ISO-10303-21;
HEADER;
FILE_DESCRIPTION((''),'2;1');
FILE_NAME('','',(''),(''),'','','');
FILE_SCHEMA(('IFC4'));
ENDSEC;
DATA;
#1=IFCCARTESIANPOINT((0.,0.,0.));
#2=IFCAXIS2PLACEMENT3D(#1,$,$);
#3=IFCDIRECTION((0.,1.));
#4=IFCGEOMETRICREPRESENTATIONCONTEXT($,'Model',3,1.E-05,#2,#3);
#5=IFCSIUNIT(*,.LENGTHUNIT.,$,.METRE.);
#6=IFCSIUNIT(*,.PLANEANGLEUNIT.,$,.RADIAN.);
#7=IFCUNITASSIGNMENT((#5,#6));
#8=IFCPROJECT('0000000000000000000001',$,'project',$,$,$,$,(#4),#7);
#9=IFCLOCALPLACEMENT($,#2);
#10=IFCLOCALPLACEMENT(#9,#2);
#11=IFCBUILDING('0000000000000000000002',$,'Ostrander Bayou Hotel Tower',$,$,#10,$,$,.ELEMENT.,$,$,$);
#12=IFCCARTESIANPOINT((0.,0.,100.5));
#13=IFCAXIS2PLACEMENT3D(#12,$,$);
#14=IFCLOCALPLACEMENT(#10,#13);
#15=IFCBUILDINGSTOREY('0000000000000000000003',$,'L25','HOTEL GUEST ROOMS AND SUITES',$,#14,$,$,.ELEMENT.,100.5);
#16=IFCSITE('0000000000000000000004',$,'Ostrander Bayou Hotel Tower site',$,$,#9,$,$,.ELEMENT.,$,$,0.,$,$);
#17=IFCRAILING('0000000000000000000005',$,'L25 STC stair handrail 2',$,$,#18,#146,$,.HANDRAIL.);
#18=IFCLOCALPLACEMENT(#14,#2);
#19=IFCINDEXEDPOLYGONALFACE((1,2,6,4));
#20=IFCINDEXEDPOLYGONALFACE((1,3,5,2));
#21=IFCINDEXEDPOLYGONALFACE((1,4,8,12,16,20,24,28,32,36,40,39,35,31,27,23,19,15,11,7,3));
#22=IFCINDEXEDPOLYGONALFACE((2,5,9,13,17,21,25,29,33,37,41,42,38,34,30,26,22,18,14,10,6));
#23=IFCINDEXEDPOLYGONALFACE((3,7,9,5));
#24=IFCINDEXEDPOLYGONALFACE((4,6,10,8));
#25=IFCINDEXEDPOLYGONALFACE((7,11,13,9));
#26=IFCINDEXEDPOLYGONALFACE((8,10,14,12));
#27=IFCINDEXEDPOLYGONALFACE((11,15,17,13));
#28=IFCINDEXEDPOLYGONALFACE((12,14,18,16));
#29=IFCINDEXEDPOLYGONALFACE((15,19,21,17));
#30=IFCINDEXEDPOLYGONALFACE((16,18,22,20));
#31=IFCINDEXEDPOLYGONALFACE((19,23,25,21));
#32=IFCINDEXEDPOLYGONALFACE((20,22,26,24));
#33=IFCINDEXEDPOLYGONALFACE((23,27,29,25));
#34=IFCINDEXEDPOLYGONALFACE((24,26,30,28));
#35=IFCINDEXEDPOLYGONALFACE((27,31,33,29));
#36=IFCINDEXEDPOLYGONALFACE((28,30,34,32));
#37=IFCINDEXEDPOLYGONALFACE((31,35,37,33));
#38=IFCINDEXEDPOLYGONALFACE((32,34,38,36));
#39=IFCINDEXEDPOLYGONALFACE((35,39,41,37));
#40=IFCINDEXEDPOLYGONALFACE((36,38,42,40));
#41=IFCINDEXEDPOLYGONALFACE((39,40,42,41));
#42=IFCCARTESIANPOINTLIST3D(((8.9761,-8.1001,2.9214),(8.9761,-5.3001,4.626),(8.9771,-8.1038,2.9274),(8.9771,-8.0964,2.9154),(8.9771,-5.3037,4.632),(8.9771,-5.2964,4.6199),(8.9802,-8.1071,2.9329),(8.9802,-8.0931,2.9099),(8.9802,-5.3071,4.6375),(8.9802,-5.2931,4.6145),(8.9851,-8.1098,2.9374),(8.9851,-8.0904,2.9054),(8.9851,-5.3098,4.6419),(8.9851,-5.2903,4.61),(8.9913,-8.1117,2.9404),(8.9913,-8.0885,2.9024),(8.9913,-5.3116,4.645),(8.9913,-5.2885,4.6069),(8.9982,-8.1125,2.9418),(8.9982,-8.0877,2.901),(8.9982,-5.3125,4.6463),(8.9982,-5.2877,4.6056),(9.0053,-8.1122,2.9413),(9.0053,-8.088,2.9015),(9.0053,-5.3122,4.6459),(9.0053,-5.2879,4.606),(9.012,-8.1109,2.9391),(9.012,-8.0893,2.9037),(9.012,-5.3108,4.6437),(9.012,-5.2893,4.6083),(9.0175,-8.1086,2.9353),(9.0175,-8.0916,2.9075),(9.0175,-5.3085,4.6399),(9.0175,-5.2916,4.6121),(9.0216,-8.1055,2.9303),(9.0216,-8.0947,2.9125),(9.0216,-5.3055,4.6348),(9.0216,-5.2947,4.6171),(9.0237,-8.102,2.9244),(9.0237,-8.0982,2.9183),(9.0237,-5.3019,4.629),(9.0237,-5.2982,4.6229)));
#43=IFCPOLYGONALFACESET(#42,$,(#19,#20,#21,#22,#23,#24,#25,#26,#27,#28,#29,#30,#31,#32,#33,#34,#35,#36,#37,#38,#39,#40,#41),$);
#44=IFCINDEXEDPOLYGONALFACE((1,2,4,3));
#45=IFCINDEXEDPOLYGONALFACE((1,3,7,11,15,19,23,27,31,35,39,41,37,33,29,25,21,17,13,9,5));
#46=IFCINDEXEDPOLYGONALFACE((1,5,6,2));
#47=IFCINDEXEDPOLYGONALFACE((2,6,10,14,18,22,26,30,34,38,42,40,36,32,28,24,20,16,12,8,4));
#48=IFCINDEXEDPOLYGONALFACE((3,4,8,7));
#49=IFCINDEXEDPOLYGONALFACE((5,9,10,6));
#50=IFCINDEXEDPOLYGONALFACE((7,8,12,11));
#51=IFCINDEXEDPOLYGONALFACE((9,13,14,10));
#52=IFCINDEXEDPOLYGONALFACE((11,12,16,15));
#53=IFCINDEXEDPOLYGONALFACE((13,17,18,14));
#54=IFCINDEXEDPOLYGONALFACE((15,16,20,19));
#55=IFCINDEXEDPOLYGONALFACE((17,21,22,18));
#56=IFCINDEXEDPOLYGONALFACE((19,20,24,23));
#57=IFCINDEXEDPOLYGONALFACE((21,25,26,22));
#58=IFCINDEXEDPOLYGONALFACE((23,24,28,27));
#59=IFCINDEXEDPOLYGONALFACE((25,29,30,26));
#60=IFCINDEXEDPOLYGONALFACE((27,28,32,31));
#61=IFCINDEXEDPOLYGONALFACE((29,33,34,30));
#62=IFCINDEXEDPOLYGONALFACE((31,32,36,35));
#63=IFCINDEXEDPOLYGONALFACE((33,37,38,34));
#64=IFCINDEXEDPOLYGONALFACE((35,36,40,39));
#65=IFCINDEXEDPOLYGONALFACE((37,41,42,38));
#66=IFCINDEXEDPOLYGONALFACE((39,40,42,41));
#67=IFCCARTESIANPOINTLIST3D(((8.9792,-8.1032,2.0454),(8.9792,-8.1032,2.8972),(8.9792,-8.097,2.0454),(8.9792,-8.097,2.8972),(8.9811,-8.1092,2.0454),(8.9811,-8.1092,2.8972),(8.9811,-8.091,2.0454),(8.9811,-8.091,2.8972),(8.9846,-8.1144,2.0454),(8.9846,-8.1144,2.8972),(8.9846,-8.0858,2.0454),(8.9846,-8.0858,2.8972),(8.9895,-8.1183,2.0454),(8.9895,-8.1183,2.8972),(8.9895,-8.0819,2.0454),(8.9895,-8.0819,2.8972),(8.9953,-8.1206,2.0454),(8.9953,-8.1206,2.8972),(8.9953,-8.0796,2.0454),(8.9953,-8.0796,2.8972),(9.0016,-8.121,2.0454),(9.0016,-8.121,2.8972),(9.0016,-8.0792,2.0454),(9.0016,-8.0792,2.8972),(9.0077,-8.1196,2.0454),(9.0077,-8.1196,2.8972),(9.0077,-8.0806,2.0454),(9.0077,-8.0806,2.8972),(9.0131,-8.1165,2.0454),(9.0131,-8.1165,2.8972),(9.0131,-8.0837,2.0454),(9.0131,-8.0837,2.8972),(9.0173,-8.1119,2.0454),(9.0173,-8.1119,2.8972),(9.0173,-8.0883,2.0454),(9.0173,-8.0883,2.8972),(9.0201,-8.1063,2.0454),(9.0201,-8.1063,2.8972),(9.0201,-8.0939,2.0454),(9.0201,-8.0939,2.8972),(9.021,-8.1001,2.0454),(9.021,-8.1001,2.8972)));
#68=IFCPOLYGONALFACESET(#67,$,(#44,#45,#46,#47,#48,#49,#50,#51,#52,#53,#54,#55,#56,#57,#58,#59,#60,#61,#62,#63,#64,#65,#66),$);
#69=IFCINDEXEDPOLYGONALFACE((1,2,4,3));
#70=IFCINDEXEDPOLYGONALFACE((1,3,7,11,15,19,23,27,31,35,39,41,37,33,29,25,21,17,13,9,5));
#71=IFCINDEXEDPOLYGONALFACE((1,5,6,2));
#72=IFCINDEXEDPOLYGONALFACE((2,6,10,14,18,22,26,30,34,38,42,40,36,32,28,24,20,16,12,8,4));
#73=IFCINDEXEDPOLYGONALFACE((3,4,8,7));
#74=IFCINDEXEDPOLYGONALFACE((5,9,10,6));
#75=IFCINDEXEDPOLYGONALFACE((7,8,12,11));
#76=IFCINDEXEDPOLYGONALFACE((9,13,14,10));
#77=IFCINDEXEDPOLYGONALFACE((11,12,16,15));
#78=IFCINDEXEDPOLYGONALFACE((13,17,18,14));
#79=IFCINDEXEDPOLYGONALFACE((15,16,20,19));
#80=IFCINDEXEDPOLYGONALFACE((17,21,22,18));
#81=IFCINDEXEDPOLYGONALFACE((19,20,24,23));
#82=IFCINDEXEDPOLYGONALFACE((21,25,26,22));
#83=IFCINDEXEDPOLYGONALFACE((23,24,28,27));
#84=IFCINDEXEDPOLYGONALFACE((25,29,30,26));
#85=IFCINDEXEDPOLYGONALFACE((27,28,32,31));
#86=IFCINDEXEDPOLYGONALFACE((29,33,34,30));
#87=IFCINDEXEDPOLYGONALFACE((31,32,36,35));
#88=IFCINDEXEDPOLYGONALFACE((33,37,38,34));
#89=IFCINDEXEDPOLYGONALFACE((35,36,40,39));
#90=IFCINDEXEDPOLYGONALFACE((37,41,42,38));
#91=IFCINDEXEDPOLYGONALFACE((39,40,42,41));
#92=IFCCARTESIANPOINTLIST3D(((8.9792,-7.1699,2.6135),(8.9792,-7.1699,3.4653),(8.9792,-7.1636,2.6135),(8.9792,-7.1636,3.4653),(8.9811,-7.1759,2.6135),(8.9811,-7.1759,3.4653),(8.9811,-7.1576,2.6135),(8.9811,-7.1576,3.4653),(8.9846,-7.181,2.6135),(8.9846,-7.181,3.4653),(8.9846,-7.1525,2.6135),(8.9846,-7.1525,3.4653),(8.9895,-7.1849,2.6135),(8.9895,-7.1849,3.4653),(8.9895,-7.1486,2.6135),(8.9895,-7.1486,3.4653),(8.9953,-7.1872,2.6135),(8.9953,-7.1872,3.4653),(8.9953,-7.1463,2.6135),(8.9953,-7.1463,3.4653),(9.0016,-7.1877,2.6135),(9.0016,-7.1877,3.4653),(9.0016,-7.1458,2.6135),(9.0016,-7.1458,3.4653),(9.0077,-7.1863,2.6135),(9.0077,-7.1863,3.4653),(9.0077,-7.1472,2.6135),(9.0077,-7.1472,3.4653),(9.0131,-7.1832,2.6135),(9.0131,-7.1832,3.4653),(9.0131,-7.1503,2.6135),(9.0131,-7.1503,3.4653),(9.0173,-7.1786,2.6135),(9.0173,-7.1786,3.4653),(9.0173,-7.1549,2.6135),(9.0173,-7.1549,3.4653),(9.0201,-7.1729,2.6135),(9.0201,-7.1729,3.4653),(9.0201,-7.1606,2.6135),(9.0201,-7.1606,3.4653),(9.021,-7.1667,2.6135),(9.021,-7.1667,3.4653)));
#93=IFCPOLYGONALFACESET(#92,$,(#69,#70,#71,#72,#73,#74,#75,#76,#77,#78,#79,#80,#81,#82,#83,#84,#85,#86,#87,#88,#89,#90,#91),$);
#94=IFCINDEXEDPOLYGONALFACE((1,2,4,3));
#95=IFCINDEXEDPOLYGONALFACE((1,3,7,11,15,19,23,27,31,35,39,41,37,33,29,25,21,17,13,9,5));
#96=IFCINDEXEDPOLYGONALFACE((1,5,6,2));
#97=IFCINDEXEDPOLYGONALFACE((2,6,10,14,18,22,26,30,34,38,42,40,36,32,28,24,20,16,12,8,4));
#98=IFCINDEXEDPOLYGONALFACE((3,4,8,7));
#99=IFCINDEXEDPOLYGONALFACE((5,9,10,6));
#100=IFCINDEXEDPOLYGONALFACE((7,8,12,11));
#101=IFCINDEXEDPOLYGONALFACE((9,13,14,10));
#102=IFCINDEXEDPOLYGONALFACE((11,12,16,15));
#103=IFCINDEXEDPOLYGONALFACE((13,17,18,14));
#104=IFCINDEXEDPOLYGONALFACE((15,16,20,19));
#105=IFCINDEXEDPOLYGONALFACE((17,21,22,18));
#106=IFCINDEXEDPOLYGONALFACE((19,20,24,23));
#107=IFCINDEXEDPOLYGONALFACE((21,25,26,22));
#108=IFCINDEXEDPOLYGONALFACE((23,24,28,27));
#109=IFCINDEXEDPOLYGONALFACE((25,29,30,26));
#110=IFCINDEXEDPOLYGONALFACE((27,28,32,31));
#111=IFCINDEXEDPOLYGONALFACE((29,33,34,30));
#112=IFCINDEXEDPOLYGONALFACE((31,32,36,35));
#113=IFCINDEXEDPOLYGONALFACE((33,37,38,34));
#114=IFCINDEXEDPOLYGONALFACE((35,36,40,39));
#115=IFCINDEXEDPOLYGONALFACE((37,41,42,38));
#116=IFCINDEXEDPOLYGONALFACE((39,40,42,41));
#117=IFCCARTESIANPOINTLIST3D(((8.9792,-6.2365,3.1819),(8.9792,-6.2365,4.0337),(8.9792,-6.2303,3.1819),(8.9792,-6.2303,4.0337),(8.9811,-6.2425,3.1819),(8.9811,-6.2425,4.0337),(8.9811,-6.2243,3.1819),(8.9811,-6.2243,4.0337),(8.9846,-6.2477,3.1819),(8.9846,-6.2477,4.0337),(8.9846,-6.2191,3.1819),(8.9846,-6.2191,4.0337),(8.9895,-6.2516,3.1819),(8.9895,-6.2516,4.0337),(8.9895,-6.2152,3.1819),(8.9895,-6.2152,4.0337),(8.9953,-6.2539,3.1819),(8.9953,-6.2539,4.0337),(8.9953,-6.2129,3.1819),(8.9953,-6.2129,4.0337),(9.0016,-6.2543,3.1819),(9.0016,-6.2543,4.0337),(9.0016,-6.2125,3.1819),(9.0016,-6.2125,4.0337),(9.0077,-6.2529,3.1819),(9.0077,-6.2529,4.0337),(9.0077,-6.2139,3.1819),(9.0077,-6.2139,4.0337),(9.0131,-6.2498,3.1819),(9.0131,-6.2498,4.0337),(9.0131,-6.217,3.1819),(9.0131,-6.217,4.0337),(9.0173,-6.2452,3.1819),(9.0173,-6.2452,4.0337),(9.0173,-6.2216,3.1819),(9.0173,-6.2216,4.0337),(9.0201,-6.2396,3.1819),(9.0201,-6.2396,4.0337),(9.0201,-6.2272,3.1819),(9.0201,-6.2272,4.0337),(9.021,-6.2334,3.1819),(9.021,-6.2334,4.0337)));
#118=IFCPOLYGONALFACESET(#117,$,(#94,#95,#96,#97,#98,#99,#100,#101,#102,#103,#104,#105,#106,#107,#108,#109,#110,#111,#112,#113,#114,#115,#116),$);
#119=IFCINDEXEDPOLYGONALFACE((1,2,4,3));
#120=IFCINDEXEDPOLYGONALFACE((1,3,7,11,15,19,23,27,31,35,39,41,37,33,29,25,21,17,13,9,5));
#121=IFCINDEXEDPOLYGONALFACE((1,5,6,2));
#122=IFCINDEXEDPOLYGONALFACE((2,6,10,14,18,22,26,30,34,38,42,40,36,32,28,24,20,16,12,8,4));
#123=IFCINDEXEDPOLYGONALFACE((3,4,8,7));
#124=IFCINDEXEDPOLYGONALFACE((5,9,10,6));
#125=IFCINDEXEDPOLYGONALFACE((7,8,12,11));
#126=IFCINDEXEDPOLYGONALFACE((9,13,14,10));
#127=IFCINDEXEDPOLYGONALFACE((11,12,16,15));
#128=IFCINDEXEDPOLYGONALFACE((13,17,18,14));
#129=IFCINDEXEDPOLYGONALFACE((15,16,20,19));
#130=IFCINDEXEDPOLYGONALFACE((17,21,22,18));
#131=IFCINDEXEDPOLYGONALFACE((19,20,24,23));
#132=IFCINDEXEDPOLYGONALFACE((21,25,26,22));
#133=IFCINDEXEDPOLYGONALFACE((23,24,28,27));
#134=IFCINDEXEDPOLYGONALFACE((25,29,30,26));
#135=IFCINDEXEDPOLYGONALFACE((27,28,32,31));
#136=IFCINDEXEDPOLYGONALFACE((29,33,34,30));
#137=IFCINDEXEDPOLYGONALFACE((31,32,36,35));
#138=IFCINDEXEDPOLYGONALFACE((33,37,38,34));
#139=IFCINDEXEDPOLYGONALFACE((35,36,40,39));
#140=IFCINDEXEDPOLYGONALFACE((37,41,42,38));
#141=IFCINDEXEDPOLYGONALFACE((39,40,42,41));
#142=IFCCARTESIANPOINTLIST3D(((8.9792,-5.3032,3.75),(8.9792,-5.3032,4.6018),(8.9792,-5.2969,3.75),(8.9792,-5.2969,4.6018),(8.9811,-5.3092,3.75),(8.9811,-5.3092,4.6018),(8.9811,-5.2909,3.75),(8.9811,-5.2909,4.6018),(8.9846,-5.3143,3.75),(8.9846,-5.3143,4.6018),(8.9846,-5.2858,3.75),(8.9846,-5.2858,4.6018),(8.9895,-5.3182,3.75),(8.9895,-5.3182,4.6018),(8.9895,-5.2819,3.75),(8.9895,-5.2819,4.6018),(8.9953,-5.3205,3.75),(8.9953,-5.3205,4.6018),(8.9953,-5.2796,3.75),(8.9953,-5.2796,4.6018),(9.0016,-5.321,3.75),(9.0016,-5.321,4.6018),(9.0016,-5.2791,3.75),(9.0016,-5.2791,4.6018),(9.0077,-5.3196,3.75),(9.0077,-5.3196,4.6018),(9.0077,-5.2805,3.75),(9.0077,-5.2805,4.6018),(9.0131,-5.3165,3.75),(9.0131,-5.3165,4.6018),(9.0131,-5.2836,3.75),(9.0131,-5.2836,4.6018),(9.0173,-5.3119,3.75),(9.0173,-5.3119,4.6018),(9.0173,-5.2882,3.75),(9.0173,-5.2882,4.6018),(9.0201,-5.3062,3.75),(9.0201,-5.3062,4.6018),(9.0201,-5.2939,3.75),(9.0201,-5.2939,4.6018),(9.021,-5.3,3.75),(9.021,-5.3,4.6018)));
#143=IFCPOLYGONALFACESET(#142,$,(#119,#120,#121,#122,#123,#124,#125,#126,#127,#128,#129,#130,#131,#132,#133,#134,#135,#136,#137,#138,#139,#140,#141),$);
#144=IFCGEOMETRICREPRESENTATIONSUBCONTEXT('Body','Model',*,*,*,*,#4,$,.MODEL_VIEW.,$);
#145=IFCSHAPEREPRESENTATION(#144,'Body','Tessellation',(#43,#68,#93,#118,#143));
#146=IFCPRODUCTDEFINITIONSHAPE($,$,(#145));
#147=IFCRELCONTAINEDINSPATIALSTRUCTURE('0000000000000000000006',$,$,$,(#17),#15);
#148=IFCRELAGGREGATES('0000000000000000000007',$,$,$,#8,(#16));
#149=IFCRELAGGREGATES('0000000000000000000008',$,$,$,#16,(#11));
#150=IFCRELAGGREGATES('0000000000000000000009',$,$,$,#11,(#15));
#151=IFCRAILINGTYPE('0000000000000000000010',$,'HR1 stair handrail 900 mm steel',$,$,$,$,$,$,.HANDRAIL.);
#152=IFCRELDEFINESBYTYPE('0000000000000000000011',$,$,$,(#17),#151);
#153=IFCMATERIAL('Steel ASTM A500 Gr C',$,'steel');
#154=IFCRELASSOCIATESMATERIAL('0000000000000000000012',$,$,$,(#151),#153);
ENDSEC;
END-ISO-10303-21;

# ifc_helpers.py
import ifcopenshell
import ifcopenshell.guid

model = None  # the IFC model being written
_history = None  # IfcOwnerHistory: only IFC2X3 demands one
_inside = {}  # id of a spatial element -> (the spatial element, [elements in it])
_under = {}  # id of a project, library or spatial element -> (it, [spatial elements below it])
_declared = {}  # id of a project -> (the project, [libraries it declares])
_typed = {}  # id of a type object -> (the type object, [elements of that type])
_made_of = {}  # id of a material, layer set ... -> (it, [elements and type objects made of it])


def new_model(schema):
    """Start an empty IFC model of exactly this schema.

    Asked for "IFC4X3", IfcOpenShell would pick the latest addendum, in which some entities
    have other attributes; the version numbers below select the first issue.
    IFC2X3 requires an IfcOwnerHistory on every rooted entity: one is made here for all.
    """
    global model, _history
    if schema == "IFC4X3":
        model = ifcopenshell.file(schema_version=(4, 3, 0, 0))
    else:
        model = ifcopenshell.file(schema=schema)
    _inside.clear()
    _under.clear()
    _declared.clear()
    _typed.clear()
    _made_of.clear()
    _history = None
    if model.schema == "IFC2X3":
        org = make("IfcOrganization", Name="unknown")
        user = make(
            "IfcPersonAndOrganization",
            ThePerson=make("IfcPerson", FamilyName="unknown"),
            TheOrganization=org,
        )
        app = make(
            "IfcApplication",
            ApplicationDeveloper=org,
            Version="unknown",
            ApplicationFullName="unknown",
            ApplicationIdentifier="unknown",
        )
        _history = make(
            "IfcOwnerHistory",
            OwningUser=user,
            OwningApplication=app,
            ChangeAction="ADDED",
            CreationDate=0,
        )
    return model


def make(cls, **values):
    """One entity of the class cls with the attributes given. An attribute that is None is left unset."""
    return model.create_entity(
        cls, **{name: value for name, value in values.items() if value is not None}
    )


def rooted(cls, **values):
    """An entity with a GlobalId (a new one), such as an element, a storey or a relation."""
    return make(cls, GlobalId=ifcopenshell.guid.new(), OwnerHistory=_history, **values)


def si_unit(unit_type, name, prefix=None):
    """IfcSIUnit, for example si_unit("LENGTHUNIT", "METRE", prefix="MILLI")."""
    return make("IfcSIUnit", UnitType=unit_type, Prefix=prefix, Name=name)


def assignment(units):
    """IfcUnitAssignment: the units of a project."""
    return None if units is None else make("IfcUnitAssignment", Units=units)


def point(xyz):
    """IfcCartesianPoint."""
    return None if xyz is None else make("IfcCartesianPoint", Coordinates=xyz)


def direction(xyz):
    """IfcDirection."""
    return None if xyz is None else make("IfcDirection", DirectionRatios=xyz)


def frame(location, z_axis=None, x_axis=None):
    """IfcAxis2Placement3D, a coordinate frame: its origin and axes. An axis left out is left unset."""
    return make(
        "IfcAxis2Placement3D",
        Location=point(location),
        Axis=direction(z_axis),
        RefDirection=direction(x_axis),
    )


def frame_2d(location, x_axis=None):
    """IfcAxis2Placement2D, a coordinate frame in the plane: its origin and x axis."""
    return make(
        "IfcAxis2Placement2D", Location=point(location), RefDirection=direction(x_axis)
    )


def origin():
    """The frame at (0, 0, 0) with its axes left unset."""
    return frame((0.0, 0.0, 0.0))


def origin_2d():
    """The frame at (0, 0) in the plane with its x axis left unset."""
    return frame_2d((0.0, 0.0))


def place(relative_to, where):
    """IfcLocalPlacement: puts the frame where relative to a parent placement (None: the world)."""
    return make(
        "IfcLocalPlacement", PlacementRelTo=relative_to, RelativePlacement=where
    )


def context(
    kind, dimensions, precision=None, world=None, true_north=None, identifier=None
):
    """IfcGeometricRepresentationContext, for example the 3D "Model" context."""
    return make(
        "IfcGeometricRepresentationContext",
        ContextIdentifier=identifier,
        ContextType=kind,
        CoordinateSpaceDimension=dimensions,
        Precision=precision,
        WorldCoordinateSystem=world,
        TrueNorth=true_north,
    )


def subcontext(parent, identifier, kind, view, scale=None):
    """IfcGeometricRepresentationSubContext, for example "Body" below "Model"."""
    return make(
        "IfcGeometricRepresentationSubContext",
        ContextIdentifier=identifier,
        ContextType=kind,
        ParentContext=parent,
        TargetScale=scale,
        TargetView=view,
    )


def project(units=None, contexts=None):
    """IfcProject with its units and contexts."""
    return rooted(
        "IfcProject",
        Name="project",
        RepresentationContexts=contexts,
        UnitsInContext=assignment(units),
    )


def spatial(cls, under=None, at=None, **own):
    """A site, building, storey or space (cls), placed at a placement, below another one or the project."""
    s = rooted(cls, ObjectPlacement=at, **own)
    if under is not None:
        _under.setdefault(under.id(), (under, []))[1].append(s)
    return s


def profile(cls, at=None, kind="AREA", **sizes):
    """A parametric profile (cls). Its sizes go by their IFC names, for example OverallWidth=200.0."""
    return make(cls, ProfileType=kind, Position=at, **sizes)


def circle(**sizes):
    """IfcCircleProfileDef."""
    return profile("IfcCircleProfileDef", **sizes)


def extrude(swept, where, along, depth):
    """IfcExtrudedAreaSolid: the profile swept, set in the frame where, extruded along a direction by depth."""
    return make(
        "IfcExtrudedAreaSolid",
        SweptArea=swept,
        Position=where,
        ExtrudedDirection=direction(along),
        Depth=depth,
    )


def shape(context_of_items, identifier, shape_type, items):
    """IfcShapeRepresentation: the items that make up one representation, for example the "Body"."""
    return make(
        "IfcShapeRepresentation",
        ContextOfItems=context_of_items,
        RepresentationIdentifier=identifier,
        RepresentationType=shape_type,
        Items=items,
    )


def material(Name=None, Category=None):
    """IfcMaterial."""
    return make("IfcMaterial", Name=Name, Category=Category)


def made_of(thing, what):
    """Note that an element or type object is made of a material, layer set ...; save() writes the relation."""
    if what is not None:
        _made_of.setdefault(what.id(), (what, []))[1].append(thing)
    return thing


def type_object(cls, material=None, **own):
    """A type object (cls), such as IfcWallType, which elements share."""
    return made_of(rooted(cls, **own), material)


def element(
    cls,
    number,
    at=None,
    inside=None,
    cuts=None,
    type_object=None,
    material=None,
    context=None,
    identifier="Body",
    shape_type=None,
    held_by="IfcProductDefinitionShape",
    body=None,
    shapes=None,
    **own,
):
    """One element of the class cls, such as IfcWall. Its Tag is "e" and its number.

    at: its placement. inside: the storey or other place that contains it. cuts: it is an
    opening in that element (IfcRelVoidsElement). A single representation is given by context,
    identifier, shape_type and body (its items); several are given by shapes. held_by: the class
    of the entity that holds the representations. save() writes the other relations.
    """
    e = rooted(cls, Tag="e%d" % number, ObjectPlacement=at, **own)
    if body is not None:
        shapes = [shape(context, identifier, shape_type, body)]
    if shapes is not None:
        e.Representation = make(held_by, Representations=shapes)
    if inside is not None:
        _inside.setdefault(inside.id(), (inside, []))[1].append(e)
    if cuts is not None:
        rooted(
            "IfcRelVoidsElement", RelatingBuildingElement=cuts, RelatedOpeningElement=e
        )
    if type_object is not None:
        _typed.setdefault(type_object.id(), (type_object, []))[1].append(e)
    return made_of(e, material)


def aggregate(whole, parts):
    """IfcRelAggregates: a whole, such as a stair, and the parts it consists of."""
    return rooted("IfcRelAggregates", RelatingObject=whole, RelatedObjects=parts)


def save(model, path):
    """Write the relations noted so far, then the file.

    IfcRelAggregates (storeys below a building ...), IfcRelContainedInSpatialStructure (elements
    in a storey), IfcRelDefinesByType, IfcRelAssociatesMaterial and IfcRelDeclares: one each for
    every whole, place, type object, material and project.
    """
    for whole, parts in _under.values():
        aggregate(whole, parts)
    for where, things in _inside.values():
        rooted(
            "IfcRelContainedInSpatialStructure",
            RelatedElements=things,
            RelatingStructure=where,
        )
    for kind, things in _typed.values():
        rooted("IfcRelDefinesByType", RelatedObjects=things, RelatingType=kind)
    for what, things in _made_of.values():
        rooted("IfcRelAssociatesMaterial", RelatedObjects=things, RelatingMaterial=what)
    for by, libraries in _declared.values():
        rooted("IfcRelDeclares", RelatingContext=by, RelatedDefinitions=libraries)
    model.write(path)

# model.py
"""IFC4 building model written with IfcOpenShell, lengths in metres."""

from ifc_helpers import new_model, si_unit, direction, frame, origin, origin_2d, place, context, subcontext, project, spatial, circle, extrude, material, type_object, element, save


model = new_model("IFC4")

# Units and contexts
model_context = context("Model", 3, precision=1e-05, world=origin(), true_north=direction((0.0, 1.0)))
body_context = subcontext(model_context, "Body", "Model", "MODEL_VIEW")
ifc_project = project(units=[si_unit("LENGTHUNIT", "METRE"), si_unit("PLANEANGLEUNIT", "RADIAN")], contexts=[model_context])

# Site, building, storey
site_placement = place(None, origin())
site = spatial("IfcSite", under=ifc_project, at=site_placement, Name="Ostrander Bayou Hotel Tower site", CompositionType="ELEMENT", RefElevation=0.0)
building_placement = place(site_placement, origin())
building = spatial("IfcBuilding", under=site, at=building_placement, Name="Ostrander Bayou Hotel Tower", CompositionType="ELEMENT")
storey_placement = place(building_placement, frame((0.0, 0.0, 100.5)))
storey = spatial("IfcBuildingStorey", under=building, at=storey_placement, Name="L25", Description="HOTEL GUEST ROOMS AND SUITES", CompositionType="ELEMENT", Elevation=100.5)

# Railing
ifc_material_1 = material(Name="Steel ASTM A500 Gr C", Category="steel")
railing_type_1 = type_object("IfcRailingType", Name="HR1 stair handrail 900 mm steel", PredefinedType="HANDRAIL", material=ifc_material_1)
railing_1_placement = place(storey_placement, frame((9.0, -8.1001, 2.0454)))
element("IfcRailing", 1, at=railing_1_placement, inside=storey, type_object=railing_type_1, Name="L25 STC stair handrail 2", PredefinedType="HANDRAIL", context=body_context, shape_type="SweptSolid", body=[
    extrude(circle(Radius=0.0239, at=origin_2d()), frame((0.0, 0.0, 0.876), z_axis=(0.0, 0.85417, 0.519994), x_axis=(-1.0, 0.0, 0.0)), (0.0, 0.0, 1.0), 3.2781),
    extrude(circle(Radius=0.021, at=origin_2d()), origin(), (0.0, 0.0, 1.0), 0.8518),
    extrude(circle(Radius=0.021, at=origin_2d()), frame((0.0, 0.9333, 0.5681)), (0.0, 0.0, 1.0), 0.8518),
    extrude(circle(Radius=0.021, at=origin_2d()), frame((0.0, 1.8667, 1.1365)), (0.0, 0.0, 1.0), 0.8518),
    extrude(circle(Radius=0.021, at=origin_2d()), frame((0.0, 2.8, 1.7046)), (0.0, 0.0, 1.0), 0.8518),
])

save(model, "model.ifc")
